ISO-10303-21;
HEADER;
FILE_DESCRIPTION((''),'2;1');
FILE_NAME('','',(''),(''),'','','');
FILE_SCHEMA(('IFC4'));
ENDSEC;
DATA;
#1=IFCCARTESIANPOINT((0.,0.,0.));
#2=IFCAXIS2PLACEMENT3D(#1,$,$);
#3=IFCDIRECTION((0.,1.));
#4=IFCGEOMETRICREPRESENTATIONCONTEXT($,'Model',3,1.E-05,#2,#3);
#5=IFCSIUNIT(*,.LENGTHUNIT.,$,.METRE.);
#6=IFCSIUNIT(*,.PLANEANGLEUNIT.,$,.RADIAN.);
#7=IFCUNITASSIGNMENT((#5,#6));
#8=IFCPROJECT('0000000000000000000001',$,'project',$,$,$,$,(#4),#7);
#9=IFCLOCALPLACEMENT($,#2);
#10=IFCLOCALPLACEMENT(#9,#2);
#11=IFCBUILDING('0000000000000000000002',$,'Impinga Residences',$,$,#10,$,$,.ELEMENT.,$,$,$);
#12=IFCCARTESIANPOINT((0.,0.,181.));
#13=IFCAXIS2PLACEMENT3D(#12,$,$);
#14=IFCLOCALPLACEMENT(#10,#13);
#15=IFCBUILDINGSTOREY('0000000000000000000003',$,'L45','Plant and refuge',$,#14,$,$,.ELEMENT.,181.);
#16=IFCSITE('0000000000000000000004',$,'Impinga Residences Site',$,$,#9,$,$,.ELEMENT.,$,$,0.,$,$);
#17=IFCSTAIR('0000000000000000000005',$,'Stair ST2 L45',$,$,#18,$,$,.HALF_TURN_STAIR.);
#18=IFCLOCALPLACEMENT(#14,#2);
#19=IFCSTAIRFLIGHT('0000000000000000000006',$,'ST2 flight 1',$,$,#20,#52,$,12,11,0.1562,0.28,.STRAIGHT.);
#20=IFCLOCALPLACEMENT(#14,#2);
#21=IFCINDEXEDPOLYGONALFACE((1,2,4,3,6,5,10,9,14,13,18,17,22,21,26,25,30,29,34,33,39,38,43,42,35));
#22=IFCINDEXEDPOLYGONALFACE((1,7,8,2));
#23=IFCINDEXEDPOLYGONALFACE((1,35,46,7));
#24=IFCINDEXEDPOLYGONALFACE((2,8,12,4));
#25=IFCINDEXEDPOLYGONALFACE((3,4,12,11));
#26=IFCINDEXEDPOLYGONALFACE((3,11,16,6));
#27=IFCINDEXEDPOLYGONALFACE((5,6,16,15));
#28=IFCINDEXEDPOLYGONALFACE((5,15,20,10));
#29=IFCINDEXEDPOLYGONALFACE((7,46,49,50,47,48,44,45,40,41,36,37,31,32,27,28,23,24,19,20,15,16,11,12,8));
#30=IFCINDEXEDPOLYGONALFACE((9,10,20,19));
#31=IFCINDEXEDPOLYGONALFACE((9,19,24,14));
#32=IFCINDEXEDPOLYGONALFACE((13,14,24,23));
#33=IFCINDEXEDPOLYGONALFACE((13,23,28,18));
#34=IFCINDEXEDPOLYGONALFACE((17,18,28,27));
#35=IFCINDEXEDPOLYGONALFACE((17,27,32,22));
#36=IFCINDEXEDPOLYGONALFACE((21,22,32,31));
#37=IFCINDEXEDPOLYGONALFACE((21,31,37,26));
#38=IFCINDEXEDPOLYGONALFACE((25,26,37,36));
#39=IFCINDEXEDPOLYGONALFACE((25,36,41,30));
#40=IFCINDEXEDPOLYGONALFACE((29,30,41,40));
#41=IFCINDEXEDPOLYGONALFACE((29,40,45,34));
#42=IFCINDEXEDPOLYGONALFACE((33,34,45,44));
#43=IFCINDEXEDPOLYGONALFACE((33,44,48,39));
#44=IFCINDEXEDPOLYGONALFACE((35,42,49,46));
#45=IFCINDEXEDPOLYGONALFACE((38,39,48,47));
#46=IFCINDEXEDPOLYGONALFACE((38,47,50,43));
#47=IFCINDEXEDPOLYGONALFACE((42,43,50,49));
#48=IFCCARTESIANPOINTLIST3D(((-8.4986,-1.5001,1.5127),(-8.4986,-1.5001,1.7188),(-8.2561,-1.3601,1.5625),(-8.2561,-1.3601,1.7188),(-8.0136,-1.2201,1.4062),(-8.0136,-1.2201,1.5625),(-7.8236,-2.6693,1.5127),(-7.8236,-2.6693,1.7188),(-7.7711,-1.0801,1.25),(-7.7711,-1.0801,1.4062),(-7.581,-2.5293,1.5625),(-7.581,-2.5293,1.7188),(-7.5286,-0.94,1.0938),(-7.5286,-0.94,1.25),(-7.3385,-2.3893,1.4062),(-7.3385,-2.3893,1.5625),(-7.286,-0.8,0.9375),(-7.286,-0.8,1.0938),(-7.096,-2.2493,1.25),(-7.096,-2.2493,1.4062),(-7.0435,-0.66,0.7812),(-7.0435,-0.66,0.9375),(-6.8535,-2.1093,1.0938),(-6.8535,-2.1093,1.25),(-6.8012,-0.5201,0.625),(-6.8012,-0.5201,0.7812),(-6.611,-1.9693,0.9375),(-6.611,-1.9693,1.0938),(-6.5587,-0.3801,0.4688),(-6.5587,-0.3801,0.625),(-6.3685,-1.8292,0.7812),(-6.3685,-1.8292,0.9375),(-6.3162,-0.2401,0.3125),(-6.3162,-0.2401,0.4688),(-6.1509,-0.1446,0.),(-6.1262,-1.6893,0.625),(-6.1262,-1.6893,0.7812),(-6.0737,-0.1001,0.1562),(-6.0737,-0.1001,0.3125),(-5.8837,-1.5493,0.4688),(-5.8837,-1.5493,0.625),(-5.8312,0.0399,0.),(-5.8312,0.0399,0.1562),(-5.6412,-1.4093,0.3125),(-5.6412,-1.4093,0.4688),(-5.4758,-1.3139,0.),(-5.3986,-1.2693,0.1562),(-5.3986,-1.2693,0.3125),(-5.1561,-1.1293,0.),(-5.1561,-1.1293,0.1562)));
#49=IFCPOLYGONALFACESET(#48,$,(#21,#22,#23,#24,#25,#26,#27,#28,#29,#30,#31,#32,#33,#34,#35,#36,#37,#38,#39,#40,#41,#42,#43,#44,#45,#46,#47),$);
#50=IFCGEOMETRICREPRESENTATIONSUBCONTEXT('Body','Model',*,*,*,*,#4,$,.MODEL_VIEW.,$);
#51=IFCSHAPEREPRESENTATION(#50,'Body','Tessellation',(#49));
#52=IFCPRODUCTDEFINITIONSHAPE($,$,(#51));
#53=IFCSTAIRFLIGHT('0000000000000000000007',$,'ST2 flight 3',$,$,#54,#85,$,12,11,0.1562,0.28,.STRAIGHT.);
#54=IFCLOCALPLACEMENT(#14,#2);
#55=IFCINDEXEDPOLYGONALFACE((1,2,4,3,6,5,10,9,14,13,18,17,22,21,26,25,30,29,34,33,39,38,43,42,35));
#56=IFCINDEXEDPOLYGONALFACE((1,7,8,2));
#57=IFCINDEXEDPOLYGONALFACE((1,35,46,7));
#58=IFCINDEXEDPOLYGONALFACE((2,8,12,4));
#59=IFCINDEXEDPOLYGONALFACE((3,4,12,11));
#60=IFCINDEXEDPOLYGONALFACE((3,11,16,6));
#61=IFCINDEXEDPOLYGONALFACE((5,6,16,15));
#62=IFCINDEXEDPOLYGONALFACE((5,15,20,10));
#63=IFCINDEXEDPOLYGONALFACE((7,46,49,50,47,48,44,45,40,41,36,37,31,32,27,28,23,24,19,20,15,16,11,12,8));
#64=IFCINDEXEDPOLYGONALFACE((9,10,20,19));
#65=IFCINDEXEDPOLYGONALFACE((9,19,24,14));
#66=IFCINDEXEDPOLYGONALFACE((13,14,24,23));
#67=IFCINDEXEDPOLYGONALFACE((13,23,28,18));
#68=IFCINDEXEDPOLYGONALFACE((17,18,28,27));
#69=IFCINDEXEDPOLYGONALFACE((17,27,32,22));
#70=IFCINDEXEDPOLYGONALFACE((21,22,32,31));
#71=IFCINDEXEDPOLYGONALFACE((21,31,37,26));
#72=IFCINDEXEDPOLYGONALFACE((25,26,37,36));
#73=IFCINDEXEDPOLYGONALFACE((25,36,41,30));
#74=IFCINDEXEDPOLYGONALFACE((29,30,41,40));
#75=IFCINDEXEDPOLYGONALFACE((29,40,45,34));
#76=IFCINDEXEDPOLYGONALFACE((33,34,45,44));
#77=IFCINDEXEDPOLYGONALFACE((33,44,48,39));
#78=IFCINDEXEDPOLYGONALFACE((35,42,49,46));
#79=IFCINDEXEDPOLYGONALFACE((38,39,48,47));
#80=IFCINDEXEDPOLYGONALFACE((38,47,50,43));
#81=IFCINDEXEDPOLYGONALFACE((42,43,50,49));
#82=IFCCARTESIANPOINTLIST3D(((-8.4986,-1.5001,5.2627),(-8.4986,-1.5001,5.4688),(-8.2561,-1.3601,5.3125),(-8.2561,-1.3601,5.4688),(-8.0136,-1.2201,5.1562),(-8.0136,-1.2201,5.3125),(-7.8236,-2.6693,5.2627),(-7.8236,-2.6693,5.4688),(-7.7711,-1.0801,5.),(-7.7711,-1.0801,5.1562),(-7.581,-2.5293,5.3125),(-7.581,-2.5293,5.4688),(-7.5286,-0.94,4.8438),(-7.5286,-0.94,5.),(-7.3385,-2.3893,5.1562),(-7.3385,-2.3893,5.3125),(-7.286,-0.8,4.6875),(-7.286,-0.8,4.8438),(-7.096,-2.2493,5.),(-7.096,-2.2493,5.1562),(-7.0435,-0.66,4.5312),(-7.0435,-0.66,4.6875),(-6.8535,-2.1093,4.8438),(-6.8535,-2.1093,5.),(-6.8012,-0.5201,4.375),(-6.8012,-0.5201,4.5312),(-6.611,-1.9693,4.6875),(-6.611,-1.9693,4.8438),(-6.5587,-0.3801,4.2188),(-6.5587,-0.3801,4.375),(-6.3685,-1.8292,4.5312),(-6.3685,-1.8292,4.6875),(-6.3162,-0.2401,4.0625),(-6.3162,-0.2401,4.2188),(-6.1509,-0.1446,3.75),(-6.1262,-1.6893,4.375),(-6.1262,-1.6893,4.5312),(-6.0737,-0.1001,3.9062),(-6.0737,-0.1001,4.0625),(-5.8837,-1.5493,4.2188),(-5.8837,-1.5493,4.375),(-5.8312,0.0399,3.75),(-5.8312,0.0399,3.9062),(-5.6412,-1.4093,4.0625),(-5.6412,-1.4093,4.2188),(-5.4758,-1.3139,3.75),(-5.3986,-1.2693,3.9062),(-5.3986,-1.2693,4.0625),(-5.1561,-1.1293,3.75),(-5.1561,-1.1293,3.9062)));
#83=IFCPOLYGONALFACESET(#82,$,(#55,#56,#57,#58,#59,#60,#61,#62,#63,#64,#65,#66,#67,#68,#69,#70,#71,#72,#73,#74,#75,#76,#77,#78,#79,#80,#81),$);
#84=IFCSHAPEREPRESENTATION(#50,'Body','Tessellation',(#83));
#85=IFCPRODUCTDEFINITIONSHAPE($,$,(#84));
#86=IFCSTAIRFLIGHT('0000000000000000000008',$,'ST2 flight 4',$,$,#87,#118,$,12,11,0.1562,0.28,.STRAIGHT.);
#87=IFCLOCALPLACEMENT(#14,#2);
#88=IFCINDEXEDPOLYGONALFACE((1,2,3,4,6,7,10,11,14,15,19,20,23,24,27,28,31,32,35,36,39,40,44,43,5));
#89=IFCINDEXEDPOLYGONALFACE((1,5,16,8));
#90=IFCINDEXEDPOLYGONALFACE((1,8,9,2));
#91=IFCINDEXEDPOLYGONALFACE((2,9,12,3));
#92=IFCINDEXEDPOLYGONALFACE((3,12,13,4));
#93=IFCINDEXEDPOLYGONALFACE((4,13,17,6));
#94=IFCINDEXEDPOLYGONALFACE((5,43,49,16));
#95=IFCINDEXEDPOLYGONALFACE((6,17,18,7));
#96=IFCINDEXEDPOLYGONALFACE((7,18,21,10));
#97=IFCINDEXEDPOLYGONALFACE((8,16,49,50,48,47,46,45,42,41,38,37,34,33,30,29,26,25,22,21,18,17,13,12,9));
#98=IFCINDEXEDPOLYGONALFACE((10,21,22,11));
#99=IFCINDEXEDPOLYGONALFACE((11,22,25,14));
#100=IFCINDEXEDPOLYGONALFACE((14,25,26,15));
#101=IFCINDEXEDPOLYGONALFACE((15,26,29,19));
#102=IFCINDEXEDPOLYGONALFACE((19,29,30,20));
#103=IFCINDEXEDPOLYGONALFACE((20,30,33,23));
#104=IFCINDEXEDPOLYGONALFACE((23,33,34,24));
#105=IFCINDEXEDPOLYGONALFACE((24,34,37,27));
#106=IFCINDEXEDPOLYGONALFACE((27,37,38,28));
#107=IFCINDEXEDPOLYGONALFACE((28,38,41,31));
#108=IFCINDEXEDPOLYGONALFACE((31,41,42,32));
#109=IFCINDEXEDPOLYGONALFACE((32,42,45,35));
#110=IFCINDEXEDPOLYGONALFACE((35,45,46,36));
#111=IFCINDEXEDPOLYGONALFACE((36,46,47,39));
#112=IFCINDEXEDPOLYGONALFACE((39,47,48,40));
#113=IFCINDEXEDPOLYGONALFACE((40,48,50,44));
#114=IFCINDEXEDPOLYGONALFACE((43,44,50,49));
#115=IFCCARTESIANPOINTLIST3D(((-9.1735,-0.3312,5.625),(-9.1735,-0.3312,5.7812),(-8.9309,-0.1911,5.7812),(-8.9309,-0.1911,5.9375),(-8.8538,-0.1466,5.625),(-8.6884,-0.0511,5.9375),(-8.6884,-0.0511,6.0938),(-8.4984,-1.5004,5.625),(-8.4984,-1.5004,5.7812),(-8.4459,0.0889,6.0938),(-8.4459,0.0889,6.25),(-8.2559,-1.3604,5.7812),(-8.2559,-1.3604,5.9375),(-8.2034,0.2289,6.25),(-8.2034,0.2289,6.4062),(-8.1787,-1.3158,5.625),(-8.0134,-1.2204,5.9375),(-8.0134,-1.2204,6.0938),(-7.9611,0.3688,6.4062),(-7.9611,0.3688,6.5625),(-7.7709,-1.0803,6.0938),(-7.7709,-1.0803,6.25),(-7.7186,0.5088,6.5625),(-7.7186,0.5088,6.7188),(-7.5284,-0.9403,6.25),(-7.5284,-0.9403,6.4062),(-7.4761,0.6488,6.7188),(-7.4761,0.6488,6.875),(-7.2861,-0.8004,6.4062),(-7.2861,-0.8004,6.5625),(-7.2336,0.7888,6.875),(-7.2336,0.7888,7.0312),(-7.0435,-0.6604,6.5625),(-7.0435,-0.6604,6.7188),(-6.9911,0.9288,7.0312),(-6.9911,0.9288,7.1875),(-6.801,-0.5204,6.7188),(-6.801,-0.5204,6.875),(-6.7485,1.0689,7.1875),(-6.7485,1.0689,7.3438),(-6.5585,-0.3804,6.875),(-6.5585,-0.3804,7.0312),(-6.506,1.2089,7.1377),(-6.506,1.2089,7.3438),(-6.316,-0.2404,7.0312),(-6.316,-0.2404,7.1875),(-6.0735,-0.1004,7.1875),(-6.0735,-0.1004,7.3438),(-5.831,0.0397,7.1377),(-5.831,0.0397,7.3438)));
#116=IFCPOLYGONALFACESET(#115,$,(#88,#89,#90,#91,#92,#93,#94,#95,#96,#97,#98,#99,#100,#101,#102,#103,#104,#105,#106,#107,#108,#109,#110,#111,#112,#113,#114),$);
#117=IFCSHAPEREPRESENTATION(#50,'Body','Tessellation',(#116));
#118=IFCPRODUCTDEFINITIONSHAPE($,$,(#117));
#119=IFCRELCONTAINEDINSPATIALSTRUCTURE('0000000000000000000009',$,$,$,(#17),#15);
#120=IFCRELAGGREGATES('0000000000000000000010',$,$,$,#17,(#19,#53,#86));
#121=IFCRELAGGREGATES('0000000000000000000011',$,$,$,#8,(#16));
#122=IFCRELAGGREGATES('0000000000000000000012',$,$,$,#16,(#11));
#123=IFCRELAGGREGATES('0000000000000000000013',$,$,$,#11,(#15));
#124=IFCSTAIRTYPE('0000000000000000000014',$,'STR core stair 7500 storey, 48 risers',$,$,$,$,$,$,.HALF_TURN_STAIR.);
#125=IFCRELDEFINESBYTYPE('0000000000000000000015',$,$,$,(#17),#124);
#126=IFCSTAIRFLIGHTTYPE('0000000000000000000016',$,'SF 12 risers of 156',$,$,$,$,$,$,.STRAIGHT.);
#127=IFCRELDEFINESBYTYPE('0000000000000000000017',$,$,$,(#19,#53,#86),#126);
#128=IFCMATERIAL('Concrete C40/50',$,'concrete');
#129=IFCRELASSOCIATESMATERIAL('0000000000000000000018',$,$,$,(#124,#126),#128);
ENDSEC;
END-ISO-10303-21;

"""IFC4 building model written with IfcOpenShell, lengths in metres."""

from ifc_helpers import new_model, si_unit, direction, frame, origin, place, context, subcontext, project, spatial, polyline, outline, extrude, material, type_object, element, aggregate, save


model = new_model("IFC4")

# Units and contexts
model_context = context("Model", 3, precision=1e-05, world=origin(), true_north=direction((0.0, 1.0)))
body_context = subcontext(model_context, "Body", "Model", "MODEL_VIEW")
ifc_project = project(units=[si_unit("LENGTHUNIT", "METRE"), si_unit("PLANEANGLEUNIT", "RADIAN")], contexts=[model_context])

# Site, building, storey
site_placement = place(None, origin())
site = spatial("IfcSite", under=ifc_project, at=site_placement, Name="Impinga Residences Site", CompositionType="ELEMENT", RefElevation=0.0)
building_placement = place(site_placement, origin())
building = spatial("IfcBuilding", under=site, at=building_placement, Name="Impinga Residences", CompositionType="ELEMENT")
storey_placement = place(building_placement, frame((0.0, 0.0, 181.0)))
storey = spatial("IfcBuildingStorey", under=building, at=storey_placement, Name="L45", Description="Plant and refuge", CompositionType="ELEMENT", Elevation=181.0)

# Stair
ifc_material_1 = material(Name="Concrete C40/50", Category="concrete")
stair_type = type_object("IfcStairType", Name="STR core stair 7500 storey, 48 risers", PredefinedType="HALF_TURN_STAIR", material=ifc_material_1)
stair_1_placement = place(storey_placement, origin())
stair_1 = element("IfcStair", 1, at=stair_1_placement, inside=storey, type_object=stair_type, Name="Stair ST2 L45", PredefinedType="HALF_TURN_STAIR")

# Stair flights
stair_flight_type = type_object("IfcStairFlightType", Name="SF 12 risers of 156", PredefinedType="STRAIGHT", material=ifc_material_1)
stair_flight_1_placement = place(storey_placement, frame((-5.4937, -0.5447, 0.0), z_axis=(0.0, 0.0, 1.0), x_axis=(-0.866025, -0.5, 0.0)))
stair_flight_1 = element("IfcStairFlight", 2, at=stair_flight_1_placement, type_object=stair_flight_type, Name="ST2 flight 1", NumberOfRisers=12, NumberOfTreads=11, PredefinedType="STRAIGHT", RiserHeight=0.1562, TreadLength=0.28, context=body_context, shape_type="SweptSolid", body=[
    extrude(outline(polyline([(0.0, 0.0), (0.0, 0.1562), (0.28, 0.1562), (0.28, 0.3125), (0.5601, 0.3125), (0.5601, 0.4688), (0.8401, 0.4688), (0.8401, 0.625), (1.1201, 0.625), (1.1201, 0.7812), (1.3999, 0.7812), (1.3999, 0.9375), (1.6799, 0.9375), (1.6799, 1.0938), (1.96, 1.0938), (1.96, 1.25), (2.24, 1.25), (2.24, 1.4062), (2.52, 1.4062), (2.52, 1.5625), (2.8, 1.5625), (2.8, 1.7188), (3.0801, 1.7188), (3.0801, 1.875), (3.0801, 1.5127), (0.3691, 0.0), (0.0, 0.0)])), frame((0.0, 0.675, 0.0), z_axis=(0.0, -1.0, 0.0), x_axis=(1.0, 0.0, 0.0)), (0.0, 0.0, 1.0), 1.3501),
])
stair_flight_2_placement = place(storey_placement, frame((-5.4937, -0.5447, 3.75), z_axis=(0.0, 0.0, 1.0), x_axis=(-0.866025, -0.5, 0.0)))
stair_flight_2 = element("IfcStairFlight", 3, at=stair_flight_2_placement, type_object=stair_flight_type, Name="ST2 flight 3", NumberOfRisers=12, NumberOfTreads=11, PredefinedType="STRAIGHT", RiserHeight=0.1562, TreadLength=0.28, context=body_context, shape_type="SweptSolid", body=[
    extrude(outline(polyline([(0.0, 0.0), (0.0, 0.1562), (0.28, 0.1562), (0.28, 0.3125), (0.5601, 0.3125), (0.5601, 0.4688), (0.8401, 0.4688), (0.8401, 0.625), (1.1201, 0.625), (1.1201, 0.7812), (1.3999, 0.7812), (1.3999, 0.9375), (1.6799, 0.9375), (1.6799, 1.0938), (1.96, 1.0938), (1.96, 1.25), (2.24, 1.25), (2.24, 1.4062), (2.52, 1.4062), (2.52, 1.5625), (2.8, 1.5625), (2.8, 1.7188), (3.0801, 1.7188), (3.0801, 1.875), (3.0801, 1.5127), (0.3691, 0.0), (0.0, 0.0)])), frame((0.0, 0.675, 0.0), z_axis=(0.0, -1.0, 0.0), x_axis=(1.0, 0.0, 0.0)), (0.0, 0.0, 1.0), 1.3501),
])
stair_flight_3_placement = place(storey_placement, frame((-8.8359, -0.9158, 5.625), z_axis=(0.0, 0.0, 1.0), x_axis=(0.866025, 0.5, 0.0)))
stair_flight_3 = element("IfcStairFlight", 4, at=stair_flight_3_placement, type_object=stair_flight_type, Name="ST2 flight 4", NumberOfRisers=12, NumberOfTreads=11, PredefinedType="STRAIGHT", RiserHeight=0.1562, TreadLength=0.28, context=body_context, shape_type="SweptSolid", body=[
    extrude(outline(polyline([(0.0, 0.0), (0.0, 0.1562), (0.28, 0.1562), (0.28, 0.3125), (0.5601, 0.3125), (0.5601, 0.4688), (0.8401, 0.4688), (0.8401, 0.625), (1.1201, 0.625), (1.1201, 0.7812), (1.3999, 0.7812), (1.3999, 0.9375), (1.6799, 0.9375), (1.6799, 1.0938), (1.96, 1.0938), (1.96, 1.25), (2.24, 1.25), (2.24, 1.4062), (2.52, 1.4062), (2.52, 1.5625), (2.8, 1.5625), (2.8, 1.7188), (3.0801, 1.7188), (3.0801, 1.875), (3.0801, 1.5127), (0.3691, 0.0), (0.0, 0.0)])), frame((0.0, 0.675, 0.0), z_axis=(0.0, -1.0, 0.0), x_axis=(1.0, 0.0, 0.0)), (0.0, 0.0, 1.0), 1.3501),
])
aggregate(stair_1, [stair_flight_1, stair_flight_2, stair_flight_3])

save(model, "model.ifc")
